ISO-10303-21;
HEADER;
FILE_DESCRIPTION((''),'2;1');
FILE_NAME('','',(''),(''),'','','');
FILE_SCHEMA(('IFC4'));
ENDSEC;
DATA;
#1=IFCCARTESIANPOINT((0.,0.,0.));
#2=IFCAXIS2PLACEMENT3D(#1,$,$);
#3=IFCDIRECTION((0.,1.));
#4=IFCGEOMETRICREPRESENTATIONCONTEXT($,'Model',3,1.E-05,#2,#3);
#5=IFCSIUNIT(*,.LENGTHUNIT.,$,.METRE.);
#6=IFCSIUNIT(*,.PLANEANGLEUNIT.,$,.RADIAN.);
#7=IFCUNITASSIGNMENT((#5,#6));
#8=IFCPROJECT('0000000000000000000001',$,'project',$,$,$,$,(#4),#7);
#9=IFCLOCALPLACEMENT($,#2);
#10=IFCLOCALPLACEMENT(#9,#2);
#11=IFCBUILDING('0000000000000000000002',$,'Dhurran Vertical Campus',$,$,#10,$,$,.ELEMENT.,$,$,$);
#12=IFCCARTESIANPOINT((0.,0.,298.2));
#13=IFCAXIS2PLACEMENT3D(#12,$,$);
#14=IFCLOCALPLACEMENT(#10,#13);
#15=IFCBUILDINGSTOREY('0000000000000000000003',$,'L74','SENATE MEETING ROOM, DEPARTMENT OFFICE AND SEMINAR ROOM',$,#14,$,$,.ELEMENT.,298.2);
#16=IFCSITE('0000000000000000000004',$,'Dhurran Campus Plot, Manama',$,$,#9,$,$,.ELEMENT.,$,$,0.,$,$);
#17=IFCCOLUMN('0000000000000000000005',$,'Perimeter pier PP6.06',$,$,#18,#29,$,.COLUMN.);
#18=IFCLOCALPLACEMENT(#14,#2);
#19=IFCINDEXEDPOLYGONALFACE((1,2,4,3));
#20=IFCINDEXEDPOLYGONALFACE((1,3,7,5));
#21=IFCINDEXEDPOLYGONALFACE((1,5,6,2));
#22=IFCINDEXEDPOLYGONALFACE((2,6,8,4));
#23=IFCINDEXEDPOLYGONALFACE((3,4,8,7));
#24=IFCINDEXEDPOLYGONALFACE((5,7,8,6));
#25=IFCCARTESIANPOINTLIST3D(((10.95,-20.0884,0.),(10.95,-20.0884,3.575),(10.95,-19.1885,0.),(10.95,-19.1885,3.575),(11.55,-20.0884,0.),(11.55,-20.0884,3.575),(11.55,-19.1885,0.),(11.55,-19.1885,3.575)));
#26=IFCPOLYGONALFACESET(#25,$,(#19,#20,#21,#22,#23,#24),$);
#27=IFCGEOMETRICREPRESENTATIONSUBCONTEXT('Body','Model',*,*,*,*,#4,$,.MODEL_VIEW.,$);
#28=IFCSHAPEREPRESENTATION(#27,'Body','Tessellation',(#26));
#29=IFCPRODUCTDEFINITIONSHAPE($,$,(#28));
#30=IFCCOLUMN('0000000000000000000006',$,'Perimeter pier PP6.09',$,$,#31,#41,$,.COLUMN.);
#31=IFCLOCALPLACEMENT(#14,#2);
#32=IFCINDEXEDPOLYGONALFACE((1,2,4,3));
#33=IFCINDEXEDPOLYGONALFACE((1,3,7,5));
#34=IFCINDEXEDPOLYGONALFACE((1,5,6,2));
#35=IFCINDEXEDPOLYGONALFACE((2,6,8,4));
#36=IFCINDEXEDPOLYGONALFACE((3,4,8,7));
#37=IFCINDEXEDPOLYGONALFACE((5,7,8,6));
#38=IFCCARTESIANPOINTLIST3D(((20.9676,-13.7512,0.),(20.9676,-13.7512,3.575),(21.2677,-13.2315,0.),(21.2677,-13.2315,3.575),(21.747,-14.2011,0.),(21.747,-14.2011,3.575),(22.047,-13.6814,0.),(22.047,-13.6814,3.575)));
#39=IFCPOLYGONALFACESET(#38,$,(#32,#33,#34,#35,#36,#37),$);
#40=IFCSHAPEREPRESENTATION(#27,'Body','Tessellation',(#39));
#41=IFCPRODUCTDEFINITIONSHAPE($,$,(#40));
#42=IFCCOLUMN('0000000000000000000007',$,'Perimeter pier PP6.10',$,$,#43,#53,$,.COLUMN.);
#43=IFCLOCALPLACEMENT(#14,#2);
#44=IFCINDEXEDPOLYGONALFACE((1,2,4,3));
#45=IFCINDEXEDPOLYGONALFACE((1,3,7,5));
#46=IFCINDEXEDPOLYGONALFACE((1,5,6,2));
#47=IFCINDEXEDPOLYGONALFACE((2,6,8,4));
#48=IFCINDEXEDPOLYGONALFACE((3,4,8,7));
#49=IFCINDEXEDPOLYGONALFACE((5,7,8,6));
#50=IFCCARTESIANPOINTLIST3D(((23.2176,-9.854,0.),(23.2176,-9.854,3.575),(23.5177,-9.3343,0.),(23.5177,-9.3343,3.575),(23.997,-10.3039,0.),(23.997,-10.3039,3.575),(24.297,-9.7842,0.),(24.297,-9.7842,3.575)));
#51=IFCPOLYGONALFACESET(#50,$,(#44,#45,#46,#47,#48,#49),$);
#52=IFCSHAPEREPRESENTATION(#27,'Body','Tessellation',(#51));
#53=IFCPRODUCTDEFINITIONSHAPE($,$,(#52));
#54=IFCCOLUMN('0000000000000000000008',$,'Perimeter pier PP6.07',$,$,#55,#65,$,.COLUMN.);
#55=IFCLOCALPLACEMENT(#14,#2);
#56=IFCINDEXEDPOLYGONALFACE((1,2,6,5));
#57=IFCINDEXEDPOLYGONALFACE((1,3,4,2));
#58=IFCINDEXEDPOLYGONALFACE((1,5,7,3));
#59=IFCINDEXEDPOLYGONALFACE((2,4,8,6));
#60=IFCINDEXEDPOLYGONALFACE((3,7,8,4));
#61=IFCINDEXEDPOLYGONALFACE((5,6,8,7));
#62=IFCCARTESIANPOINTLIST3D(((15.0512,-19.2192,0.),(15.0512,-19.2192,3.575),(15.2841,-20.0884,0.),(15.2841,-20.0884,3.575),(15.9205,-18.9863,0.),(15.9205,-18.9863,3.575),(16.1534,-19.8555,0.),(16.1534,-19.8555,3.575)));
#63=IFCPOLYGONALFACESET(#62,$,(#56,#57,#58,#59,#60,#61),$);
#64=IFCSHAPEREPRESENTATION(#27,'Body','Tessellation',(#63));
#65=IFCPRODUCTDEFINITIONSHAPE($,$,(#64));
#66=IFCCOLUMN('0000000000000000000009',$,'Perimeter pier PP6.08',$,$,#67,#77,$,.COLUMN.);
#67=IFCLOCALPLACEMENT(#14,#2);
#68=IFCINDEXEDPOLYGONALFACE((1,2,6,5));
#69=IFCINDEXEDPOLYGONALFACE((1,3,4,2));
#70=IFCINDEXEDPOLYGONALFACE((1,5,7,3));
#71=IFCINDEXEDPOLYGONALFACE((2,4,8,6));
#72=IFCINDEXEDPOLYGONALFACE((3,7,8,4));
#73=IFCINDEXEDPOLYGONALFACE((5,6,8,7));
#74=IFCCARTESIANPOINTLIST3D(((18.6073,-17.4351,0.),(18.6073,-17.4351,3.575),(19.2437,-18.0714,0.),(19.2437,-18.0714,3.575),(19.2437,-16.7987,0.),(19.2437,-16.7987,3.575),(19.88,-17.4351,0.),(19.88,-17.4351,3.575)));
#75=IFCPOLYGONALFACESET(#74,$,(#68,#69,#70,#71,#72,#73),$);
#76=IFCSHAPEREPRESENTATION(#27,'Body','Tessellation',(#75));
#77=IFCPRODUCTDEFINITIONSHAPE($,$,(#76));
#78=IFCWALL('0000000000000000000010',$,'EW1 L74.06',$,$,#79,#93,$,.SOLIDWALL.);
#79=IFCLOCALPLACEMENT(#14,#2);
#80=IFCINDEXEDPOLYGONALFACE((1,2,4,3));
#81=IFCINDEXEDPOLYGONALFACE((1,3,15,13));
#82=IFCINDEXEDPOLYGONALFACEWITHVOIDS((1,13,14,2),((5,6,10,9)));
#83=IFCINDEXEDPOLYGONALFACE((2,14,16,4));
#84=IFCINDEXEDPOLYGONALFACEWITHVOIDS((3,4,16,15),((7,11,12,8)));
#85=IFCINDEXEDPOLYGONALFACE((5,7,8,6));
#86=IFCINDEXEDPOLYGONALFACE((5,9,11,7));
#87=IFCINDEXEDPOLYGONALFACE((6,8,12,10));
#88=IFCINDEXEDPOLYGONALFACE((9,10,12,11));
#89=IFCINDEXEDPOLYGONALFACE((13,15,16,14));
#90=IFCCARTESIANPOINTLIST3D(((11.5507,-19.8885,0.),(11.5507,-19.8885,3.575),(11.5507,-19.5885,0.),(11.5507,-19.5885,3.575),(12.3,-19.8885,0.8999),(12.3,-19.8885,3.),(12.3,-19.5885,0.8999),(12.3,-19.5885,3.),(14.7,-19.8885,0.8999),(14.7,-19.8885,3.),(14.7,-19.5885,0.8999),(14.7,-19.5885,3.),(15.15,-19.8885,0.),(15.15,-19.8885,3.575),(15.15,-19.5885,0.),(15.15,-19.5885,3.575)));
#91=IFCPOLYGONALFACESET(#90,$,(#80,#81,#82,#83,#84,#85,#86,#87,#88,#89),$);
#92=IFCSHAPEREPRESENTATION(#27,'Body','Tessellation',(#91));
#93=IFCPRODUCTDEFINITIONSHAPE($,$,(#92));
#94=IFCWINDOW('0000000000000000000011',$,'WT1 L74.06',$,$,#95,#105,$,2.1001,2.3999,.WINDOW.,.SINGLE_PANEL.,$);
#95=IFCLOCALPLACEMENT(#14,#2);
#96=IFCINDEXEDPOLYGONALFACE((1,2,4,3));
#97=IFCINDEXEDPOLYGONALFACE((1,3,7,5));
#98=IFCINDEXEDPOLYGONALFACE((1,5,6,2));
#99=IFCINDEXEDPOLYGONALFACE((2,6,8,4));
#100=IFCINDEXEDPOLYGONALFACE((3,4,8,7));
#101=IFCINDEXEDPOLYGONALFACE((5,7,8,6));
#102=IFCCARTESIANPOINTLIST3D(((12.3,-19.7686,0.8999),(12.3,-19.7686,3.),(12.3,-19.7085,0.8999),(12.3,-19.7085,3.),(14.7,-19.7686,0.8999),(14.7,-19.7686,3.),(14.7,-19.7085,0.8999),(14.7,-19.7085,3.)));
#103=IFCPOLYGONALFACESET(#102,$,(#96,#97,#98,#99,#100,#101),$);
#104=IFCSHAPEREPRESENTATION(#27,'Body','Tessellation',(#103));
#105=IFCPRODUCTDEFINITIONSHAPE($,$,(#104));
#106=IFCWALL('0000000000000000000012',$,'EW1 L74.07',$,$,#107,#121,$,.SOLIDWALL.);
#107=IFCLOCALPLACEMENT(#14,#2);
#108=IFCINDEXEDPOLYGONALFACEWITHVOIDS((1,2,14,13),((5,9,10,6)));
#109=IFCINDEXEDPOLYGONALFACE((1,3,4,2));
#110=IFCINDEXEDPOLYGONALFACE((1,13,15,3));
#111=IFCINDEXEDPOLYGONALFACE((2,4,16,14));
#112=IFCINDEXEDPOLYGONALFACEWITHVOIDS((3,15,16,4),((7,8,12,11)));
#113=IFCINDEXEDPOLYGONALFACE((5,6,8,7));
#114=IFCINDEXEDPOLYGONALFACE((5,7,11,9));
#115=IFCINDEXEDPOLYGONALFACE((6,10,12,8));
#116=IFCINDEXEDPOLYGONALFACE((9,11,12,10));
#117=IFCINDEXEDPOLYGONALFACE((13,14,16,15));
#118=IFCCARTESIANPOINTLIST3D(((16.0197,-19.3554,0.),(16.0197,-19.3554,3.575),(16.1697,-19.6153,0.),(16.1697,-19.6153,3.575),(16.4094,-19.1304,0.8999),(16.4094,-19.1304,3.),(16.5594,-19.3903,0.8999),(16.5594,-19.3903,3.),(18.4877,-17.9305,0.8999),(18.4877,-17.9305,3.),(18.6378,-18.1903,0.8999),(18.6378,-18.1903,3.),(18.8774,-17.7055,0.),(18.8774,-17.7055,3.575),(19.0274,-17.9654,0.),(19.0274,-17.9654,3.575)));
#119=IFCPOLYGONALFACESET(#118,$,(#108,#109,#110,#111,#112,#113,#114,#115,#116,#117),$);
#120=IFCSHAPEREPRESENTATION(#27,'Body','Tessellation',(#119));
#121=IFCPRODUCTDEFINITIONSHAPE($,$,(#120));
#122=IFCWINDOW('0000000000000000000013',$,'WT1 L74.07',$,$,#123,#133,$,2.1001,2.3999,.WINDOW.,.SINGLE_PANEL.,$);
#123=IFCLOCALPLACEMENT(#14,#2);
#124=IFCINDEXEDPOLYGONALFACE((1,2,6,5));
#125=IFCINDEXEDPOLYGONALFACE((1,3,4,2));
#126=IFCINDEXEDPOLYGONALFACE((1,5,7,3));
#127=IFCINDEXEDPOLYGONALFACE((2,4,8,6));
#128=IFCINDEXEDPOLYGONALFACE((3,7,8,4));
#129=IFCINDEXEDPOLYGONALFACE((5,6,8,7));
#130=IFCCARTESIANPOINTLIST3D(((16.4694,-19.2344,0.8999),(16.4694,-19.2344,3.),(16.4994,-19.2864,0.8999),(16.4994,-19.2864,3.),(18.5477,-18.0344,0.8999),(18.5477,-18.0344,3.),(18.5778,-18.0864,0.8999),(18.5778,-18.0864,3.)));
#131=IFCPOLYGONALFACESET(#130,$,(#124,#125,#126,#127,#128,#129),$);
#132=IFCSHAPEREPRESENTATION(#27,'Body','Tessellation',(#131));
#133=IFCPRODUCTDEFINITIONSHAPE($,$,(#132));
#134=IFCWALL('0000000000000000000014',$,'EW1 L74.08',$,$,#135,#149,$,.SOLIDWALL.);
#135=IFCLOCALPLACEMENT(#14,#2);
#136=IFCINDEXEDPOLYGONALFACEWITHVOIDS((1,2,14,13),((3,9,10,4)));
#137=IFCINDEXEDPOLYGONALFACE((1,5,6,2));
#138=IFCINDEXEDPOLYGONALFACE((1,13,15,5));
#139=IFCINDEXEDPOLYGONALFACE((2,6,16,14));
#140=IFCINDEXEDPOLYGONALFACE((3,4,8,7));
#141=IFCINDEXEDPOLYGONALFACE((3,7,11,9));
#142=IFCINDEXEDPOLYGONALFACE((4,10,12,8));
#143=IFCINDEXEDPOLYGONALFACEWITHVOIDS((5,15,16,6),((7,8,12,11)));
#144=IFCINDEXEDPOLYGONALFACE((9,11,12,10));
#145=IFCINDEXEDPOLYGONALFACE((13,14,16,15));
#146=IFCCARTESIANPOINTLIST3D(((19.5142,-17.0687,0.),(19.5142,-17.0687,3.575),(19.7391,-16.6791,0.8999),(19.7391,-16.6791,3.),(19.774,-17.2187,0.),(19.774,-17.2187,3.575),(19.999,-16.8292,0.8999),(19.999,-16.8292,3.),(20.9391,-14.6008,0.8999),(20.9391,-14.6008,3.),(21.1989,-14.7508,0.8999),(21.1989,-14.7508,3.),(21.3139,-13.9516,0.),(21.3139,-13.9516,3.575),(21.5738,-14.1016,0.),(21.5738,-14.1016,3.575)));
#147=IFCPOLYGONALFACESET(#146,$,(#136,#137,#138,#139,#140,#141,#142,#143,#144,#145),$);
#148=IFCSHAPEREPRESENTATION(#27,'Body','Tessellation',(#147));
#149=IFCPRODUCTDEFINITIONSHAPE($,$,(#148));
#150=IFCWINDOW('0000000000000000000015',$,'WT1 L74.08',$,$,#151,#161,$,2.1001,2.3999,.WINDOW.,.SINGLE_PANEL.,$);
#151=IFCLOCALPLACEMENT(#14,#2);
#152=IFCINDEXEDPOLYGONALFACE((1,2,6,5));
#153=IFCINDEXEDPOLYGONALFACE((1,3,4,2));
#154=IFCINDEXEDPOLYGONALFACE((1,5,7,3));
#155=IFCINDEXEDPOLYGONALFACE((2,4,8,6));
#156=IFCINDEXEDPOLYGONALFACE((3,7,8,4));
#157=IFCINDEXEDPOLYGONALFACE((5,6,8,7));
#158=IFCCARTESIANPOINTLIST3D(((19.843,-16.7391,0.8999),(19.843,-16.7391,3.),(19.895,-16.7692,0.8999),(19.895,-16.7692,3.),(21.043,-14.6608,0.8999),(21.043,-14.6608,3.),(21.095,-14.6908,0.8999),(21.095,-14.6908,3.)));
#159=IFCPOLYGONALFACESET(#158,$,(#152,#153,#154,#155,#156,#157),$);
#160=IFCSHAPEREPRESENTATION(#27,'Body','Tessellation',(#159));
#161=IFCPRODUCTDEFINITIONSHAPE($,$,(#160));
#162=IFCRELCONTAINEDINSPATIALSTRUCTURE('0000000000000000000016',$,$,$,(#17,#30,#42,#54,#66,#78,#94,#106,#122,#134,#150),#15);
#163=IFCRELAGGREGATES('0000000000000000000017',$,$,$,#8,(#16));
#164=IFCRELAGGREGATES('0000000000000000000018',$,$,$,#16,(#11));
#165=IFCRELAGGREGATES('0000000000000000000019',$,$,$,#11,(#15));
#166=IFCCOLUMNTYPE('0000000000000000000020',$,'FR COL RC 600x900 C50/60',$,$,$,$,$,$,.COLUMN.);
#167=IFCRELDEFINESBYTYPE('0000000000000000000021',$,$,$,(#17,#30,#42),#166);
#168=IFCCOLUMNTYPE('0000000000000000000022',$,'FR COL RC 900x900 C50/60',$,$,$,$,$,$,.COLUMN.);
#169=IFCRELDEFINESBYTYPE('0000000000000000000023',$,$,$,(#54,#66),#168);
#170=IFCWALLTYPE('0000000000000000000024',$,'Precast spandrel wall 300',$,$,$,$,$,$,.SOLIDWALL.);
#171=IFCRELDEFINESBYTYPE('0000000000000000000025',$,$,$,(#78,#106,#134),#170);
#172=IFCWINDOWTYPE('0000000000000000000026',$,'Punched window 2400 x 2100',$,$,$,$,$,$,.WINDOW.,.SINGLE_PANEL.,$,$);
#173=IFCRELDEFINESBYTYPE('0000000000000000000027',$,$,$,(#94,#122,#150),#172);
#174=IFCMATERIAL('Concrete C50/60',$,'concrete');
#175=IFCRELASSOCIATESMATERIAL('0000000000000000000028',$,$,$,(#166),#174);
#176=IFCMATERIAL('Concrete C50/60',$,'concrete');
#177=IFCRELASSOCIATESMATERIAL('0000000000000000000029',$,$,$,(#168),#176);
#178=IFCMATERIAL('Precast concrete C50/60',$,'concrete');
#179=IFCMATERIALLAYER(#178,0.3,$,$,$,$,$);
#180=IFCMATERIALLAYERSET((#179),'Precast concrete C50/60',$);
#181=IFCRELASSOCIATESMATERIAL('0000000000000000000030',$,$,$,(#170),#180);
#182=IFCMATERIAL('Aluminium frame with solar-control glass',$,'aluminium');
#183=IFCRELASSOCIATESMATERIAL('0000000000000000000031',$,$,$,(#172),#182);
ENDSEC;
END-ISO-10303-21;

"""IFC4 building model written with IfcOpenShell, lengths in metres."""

from ifc_helpers import new_model, si_unit, direction, frame, frame_2d, origin, origin_2d, place, context, subcontext, project, spatial, rectangle, extrude, material, layer, layer_set, material_profile, profile_set, type_object, element, fill, save


model = new_model("IFC4")

# Units and contexts
model_context = context("Model", 3, precision=1e-05, world=origin(), true_north=direction((0.0, 1.0)))
body_context = subcontext(model_context, "Body", "Model", "MODEL_VIEW")
ifc_project = project(units=[si_unit("LENGTHUNIT", "METRE"), si_unit("PLANEANGLEUNIT", "RADIAN")], contexts=[model_context])

# Site, building, storey
site_placement = place(None, origin())
site = spatial("IfcSite", under=ifc_project, at=site_placement, Name="Dhurran Campus Plot, Manama", CompositionType="ELEMENT", RefElevation=0.0)
building_placement = place(site_placement, origin())
building = spatial("IfcBuilding", under=site, at=building_placement, Name="Dhurran Vertical Campus", CompositionType="ELEMENT")
storey_placement = place(building_placement, frame((0.0, 0.0, 298.2)))
storey = spatial("IfcBuildingStorey", under=building, at=storey_placement, Name="L74", Description="SENATE MEETING ROOM, DEPARTMENT OFFICE AND SEMINAR ROOM", CompositionType="ELEMENT", Elevation=298.2)

# Columns
ifc_material_1 = material(Name="Concrete C50/60", Category="concrete")
ifc_material_profile_1 = material_profile(ifc_material_1, rectangle(XDim=0.6001, YDim=0.8999, at=origin_2d()), Name="RC 600x900")
ifc_profile_set_1 = profile_set([ifc_material_profile_1], Name="Concrete C50/60")
column_type_1 = type_object("IfcColumnType", Name="FR COL RC 600x900 C50/60", PredefinedType="COLUMN", material=ifc_profile_set_1)
for number, where, z_axis, x_axis, name in (
    (1, (11.25, -19.6384, 0.0), (0.0, 0.0, 1.0), (1.0, 0.0, 0.0), "Perimeter pier PP6.06"),
    (2, (21.5073, -13.7163, 0.0), (0.0, 0.0, 1.0), (0.5, 0.866025, 0.0), "Perimeter pier PP6.09"),
    (3, (23.7573, -9.8191, 0.0), (0.0, 0.0, 1.0), (0.5, 0.866025, 0.0), "Perimeter pier PP6.10"),
):
    element("IfcColumn", number, at=place(storey_placement, frame(where, z_axis=z_axis, x_axis=x_axis)), inside=storey, type_object=column_type_1, Name=name, PredefinedType="COLUMN", context=body_context, shape_type="SweptSolid", body=[
        extrude(rectangle(XDim=0.6001, YDim=0.8999, at=origin_2d()), origin(), (0.0, 0.0, 1.0), 3.575),
    ])
ifc_material_2 = material(Name="Concrete C50/60", Category="concrete")
ifc_material_profile_2 = material_profile(ifc_material_2, rectangle(XDim=0.8999, YDim=0.8999, at=origin_2d()), Name="RC 900x900")
ifc_profile_set_2 = profile_set([ifc_material_profile_2], Name="Concrete C50/60")
column_type_2 = type_object("IfcColumnType", Name="FR COL RC 900x900 C50/60", PredefinedType="COLUMN", material=ifc_profile_set_2)
for number, where, z_axis, x_axis, name in (
    (4, (15.6023, -19.5374, 0.0), (0.0, 0.0, 1.0), (0.965926, 0.258819, 0.0), "Perimeter pier PP6.07"),
    (5, (19.2437, -17.4351, 0.0), (0.0, 0.0, 1.0), (0.707107, 0.707107, 0.0), "Perimeter pier PP6.08"),
):
    element("IfcColumn", number, at=place(storey_placement, frame(where, z_axis=z_axis, x_axis=x_axis)), inside=storey, type_object=column_type_2, Name=name, PredefinedType="COLUMN", context=body_context, shape_type="SweptSolid", body=[
        extrude(rectangle(XDim=0.8999, YDim=0.8999, at=origin_2d()), origin(), (0.0, 0.0, 1.0), 3.575),
    ])

# Walls, openings, windows
ifc_material_3 = material(Name="Precast concrete C50/60", Category="concrete")
ifc_layer_1 = layer(ifc_material_3, 0.3)
ifc_layer_set_1 = layer_set([ifc_layer_1], Name="Precast concrete C50/60")
wall_type_1 = type_object("IfcWallType", Name="Precast spandrel wall 300", PredefinedType="SOLIDWALL", material=ifc_layer_set_1)
wall_1_placement = place(storey_placement, frame((11.5505, -19.7385, 0.0), z_axis=(0.0, 0.0, 1.0), x_axis=(1.0, 0.0, 0.0)))
wall_1 = element("IfcWall", 6, at=wall_1_placement, inside=storey, type_object=wall_type_1, Name="EW1 L74.06", PredefinedType="SOLIDWALL", context=body_context, shape_type="SweptSolid", body=[
    extrude(rectangle(XDim=3.5994, YDim=0.3, at=frame_2d((1.7998, 0.0))), origin(), (0.0, 0.0, 1.0), 3.575),
])
opening_1_placement = place(wall_1_placement, frame((0.7495, 0.0, 0.8999)))
opening_1 = element("IfcOpeningElement", 7, at=opening_1_placement, cuts=wall_1, PredefinedType="OPENING", context=body_context, shape_type="SweptSolid", body=[
    extrude(rectangle(XDim=2.3999, YDim=2.1001, at=frame_2d((1.2, 1.05))), frame((0.0, 0.1599, 0.0), z_axis=(0.0, -1.0, 0.0), x_axis=(1.0, 0.0, 0.0)), (0.0, 0.0, 1.0), 0.3201),
])
ifc_material_4 = material(Name="Aluminium frame with solar-control glass", Category="aluminium")
window_type = type_object("IfcWindowType", Name="Punched window 2400 x 2100", PartitioningType="SINGLE_PANEL", PredefinedType="WINDOW", material=ifc_material_4)
window_1_placement = place(opening_1_placement, origin())
window_1 = element("IfcWindow", 8, at=window_1_placement, inside=storey, type_object=window_type, Name="WT1 L74.06", OverallHeight=2.1001, OverallWidth=2.3999, PartitioningType="SINGLE_PANEL", PredefinedType="WINDOW", context=body_context, shape_type="SweptSolid", body=[
    extrude(rectangle(XDim=2.3999, YDim=2.1001, at=frame_2d((1.2, 1.05))), frame((0.0, 0.03, 0.0), z_axis=(0.0, -1.0, 0.0), x_axis=(1.0, 0.0, 0.0)), (0.0, 0.0, 1.0), 0.0601),
])
fill(opening_1, window_1)
wall_2_placement = place(storey_placement, frame((16.0947, -19.4854, 0.0), z_axis=(0.0, 0.0, 1.0), x_axis=(0.866022, 0.500006, 0.0)))
wall_2 = element("IfcWall", 9, at=wall_2_placement, inside=storey, type_object=wall_type_1, Name="EW1 L74.07", PredefinedType="SOLIDWALL", context=body_context, shape_type="SweptSolid", body=[
    extrude(rectangle(XDim=3.2998, YDim=0.3, at=frame_2d((1.6499, 0.0))), origin(), (0.0, 0.0, 1.0), 3.575),
])
opening_2_placement = place(wall_2_placement, frame((0.45, 0.0, 0.8999)))
opening_2 = element("IfcOpeningElement", 10, at=opening_2_placement, cuts=wall_2, PredefinedType="OPENING", context=body_context, shape_type="SweptSolid", body=[
    extrude(rectangle(XDim=2.3999, YDim=2.1001, at=frame_2d((1.2, 1.05))), frame((0.0, 0.1599, 0.0), z_axis=(0.0, -1.0, 0.0), x_axis=(1.0, 0.0, 0.0)), (0.0, 0.0, 1.0), 0.3201),
])
window_2_placement = place(opening_2_placement, origin())
window_2 = element("IfcWindow", 11, at=window_2_placement, inside=storey, type_object=window_type, Name="WT1 L74.07", OverallHeight=2.1001, OverallWidth=2.3999, PartitioningType="SINGLE_PANEL", PredefinedType="WINDOW", context=body_context, shape_type="SweptSolid", body=[
    extrude(rectangle(XDim=2.3999, YDim=2.1001, at=frame_2d((1.2, 1.05))), frame((0.0, 0.03, 0.0), z_axis=(0.0, -1.0, 0.0), x_axis=(1.0, 0.0, 0.0)), (0.0, 0.0, 1.0), 0.0601),
])
fill(opening_2, window_2)
wall_3_placement = place(storey_placement, frame((19.644, -17.1438, 0.0), z_axis=(0.0, 0.0, 1.0), x_axis=(0.50002, 0.866014, 0.0)))
wall_3 = element("IfcWall", 12, at=wall_3_placement, inside=storey, type_object=wall_type_1, Name="EW1 L74.08", PredefinedType="SOLIDWALL", context=body_context, shape_type="SweptSolid", body=[
    extrude(rectangle(XDim=3.5994, YDim=0.3, at=frame_2d((1.7998, 0.0))), origin(), (0.0, 0.0, 1.0), 3.575),
])
opening_3_placement = place(wall_3_placement, frame((0.45, 0.0, 0.8999)))
opening_3 = element("IfcOpeningElement", 13, at=opening_3_placement, cuts=wall_3, PredefinedType="OPENING", context=body_context, shape_type="SweptSolid", body=[
    extrude(rectangle(XDim=2.3999, YDim=2.1001, at=frame_2d((1.2, 1.05))), frame((0.0, 0.1599, 0.0), z_axis=(0.0, -1.0, 0.0), x_axis=(1.0, 0.0, 0.0)), (0.0, 0.0, 1.0), 0.3201),
])
window_3_placement = place(opening_3_placement, origin())
window_3 = element("IfcWindow", 14, at=window_3_placement, inside=storey, type_object=window_type, Name="WT1 L74.08", OverallHeight=2.1001, OverallWidth=2.3999, PartitioningType="SINGLE_PANEL", PredefinedType="WINDOW", context=body_context, shape_type="SweptSolid", body=[
    extrude(rectangle(XDim=2.3999, YDim=2.1001, at=frame_2d((1.2, 1.05))), frame((0.0, 0.03, 0.0), z_axis=(0.0, -1.0, 0.0), x_axis=(1.0, 0.0, 0.0)), (0.0, 0.0, 1.0), 0.0601),
])
fill(opening_3, window_3)

save(model, "model.ifc")
